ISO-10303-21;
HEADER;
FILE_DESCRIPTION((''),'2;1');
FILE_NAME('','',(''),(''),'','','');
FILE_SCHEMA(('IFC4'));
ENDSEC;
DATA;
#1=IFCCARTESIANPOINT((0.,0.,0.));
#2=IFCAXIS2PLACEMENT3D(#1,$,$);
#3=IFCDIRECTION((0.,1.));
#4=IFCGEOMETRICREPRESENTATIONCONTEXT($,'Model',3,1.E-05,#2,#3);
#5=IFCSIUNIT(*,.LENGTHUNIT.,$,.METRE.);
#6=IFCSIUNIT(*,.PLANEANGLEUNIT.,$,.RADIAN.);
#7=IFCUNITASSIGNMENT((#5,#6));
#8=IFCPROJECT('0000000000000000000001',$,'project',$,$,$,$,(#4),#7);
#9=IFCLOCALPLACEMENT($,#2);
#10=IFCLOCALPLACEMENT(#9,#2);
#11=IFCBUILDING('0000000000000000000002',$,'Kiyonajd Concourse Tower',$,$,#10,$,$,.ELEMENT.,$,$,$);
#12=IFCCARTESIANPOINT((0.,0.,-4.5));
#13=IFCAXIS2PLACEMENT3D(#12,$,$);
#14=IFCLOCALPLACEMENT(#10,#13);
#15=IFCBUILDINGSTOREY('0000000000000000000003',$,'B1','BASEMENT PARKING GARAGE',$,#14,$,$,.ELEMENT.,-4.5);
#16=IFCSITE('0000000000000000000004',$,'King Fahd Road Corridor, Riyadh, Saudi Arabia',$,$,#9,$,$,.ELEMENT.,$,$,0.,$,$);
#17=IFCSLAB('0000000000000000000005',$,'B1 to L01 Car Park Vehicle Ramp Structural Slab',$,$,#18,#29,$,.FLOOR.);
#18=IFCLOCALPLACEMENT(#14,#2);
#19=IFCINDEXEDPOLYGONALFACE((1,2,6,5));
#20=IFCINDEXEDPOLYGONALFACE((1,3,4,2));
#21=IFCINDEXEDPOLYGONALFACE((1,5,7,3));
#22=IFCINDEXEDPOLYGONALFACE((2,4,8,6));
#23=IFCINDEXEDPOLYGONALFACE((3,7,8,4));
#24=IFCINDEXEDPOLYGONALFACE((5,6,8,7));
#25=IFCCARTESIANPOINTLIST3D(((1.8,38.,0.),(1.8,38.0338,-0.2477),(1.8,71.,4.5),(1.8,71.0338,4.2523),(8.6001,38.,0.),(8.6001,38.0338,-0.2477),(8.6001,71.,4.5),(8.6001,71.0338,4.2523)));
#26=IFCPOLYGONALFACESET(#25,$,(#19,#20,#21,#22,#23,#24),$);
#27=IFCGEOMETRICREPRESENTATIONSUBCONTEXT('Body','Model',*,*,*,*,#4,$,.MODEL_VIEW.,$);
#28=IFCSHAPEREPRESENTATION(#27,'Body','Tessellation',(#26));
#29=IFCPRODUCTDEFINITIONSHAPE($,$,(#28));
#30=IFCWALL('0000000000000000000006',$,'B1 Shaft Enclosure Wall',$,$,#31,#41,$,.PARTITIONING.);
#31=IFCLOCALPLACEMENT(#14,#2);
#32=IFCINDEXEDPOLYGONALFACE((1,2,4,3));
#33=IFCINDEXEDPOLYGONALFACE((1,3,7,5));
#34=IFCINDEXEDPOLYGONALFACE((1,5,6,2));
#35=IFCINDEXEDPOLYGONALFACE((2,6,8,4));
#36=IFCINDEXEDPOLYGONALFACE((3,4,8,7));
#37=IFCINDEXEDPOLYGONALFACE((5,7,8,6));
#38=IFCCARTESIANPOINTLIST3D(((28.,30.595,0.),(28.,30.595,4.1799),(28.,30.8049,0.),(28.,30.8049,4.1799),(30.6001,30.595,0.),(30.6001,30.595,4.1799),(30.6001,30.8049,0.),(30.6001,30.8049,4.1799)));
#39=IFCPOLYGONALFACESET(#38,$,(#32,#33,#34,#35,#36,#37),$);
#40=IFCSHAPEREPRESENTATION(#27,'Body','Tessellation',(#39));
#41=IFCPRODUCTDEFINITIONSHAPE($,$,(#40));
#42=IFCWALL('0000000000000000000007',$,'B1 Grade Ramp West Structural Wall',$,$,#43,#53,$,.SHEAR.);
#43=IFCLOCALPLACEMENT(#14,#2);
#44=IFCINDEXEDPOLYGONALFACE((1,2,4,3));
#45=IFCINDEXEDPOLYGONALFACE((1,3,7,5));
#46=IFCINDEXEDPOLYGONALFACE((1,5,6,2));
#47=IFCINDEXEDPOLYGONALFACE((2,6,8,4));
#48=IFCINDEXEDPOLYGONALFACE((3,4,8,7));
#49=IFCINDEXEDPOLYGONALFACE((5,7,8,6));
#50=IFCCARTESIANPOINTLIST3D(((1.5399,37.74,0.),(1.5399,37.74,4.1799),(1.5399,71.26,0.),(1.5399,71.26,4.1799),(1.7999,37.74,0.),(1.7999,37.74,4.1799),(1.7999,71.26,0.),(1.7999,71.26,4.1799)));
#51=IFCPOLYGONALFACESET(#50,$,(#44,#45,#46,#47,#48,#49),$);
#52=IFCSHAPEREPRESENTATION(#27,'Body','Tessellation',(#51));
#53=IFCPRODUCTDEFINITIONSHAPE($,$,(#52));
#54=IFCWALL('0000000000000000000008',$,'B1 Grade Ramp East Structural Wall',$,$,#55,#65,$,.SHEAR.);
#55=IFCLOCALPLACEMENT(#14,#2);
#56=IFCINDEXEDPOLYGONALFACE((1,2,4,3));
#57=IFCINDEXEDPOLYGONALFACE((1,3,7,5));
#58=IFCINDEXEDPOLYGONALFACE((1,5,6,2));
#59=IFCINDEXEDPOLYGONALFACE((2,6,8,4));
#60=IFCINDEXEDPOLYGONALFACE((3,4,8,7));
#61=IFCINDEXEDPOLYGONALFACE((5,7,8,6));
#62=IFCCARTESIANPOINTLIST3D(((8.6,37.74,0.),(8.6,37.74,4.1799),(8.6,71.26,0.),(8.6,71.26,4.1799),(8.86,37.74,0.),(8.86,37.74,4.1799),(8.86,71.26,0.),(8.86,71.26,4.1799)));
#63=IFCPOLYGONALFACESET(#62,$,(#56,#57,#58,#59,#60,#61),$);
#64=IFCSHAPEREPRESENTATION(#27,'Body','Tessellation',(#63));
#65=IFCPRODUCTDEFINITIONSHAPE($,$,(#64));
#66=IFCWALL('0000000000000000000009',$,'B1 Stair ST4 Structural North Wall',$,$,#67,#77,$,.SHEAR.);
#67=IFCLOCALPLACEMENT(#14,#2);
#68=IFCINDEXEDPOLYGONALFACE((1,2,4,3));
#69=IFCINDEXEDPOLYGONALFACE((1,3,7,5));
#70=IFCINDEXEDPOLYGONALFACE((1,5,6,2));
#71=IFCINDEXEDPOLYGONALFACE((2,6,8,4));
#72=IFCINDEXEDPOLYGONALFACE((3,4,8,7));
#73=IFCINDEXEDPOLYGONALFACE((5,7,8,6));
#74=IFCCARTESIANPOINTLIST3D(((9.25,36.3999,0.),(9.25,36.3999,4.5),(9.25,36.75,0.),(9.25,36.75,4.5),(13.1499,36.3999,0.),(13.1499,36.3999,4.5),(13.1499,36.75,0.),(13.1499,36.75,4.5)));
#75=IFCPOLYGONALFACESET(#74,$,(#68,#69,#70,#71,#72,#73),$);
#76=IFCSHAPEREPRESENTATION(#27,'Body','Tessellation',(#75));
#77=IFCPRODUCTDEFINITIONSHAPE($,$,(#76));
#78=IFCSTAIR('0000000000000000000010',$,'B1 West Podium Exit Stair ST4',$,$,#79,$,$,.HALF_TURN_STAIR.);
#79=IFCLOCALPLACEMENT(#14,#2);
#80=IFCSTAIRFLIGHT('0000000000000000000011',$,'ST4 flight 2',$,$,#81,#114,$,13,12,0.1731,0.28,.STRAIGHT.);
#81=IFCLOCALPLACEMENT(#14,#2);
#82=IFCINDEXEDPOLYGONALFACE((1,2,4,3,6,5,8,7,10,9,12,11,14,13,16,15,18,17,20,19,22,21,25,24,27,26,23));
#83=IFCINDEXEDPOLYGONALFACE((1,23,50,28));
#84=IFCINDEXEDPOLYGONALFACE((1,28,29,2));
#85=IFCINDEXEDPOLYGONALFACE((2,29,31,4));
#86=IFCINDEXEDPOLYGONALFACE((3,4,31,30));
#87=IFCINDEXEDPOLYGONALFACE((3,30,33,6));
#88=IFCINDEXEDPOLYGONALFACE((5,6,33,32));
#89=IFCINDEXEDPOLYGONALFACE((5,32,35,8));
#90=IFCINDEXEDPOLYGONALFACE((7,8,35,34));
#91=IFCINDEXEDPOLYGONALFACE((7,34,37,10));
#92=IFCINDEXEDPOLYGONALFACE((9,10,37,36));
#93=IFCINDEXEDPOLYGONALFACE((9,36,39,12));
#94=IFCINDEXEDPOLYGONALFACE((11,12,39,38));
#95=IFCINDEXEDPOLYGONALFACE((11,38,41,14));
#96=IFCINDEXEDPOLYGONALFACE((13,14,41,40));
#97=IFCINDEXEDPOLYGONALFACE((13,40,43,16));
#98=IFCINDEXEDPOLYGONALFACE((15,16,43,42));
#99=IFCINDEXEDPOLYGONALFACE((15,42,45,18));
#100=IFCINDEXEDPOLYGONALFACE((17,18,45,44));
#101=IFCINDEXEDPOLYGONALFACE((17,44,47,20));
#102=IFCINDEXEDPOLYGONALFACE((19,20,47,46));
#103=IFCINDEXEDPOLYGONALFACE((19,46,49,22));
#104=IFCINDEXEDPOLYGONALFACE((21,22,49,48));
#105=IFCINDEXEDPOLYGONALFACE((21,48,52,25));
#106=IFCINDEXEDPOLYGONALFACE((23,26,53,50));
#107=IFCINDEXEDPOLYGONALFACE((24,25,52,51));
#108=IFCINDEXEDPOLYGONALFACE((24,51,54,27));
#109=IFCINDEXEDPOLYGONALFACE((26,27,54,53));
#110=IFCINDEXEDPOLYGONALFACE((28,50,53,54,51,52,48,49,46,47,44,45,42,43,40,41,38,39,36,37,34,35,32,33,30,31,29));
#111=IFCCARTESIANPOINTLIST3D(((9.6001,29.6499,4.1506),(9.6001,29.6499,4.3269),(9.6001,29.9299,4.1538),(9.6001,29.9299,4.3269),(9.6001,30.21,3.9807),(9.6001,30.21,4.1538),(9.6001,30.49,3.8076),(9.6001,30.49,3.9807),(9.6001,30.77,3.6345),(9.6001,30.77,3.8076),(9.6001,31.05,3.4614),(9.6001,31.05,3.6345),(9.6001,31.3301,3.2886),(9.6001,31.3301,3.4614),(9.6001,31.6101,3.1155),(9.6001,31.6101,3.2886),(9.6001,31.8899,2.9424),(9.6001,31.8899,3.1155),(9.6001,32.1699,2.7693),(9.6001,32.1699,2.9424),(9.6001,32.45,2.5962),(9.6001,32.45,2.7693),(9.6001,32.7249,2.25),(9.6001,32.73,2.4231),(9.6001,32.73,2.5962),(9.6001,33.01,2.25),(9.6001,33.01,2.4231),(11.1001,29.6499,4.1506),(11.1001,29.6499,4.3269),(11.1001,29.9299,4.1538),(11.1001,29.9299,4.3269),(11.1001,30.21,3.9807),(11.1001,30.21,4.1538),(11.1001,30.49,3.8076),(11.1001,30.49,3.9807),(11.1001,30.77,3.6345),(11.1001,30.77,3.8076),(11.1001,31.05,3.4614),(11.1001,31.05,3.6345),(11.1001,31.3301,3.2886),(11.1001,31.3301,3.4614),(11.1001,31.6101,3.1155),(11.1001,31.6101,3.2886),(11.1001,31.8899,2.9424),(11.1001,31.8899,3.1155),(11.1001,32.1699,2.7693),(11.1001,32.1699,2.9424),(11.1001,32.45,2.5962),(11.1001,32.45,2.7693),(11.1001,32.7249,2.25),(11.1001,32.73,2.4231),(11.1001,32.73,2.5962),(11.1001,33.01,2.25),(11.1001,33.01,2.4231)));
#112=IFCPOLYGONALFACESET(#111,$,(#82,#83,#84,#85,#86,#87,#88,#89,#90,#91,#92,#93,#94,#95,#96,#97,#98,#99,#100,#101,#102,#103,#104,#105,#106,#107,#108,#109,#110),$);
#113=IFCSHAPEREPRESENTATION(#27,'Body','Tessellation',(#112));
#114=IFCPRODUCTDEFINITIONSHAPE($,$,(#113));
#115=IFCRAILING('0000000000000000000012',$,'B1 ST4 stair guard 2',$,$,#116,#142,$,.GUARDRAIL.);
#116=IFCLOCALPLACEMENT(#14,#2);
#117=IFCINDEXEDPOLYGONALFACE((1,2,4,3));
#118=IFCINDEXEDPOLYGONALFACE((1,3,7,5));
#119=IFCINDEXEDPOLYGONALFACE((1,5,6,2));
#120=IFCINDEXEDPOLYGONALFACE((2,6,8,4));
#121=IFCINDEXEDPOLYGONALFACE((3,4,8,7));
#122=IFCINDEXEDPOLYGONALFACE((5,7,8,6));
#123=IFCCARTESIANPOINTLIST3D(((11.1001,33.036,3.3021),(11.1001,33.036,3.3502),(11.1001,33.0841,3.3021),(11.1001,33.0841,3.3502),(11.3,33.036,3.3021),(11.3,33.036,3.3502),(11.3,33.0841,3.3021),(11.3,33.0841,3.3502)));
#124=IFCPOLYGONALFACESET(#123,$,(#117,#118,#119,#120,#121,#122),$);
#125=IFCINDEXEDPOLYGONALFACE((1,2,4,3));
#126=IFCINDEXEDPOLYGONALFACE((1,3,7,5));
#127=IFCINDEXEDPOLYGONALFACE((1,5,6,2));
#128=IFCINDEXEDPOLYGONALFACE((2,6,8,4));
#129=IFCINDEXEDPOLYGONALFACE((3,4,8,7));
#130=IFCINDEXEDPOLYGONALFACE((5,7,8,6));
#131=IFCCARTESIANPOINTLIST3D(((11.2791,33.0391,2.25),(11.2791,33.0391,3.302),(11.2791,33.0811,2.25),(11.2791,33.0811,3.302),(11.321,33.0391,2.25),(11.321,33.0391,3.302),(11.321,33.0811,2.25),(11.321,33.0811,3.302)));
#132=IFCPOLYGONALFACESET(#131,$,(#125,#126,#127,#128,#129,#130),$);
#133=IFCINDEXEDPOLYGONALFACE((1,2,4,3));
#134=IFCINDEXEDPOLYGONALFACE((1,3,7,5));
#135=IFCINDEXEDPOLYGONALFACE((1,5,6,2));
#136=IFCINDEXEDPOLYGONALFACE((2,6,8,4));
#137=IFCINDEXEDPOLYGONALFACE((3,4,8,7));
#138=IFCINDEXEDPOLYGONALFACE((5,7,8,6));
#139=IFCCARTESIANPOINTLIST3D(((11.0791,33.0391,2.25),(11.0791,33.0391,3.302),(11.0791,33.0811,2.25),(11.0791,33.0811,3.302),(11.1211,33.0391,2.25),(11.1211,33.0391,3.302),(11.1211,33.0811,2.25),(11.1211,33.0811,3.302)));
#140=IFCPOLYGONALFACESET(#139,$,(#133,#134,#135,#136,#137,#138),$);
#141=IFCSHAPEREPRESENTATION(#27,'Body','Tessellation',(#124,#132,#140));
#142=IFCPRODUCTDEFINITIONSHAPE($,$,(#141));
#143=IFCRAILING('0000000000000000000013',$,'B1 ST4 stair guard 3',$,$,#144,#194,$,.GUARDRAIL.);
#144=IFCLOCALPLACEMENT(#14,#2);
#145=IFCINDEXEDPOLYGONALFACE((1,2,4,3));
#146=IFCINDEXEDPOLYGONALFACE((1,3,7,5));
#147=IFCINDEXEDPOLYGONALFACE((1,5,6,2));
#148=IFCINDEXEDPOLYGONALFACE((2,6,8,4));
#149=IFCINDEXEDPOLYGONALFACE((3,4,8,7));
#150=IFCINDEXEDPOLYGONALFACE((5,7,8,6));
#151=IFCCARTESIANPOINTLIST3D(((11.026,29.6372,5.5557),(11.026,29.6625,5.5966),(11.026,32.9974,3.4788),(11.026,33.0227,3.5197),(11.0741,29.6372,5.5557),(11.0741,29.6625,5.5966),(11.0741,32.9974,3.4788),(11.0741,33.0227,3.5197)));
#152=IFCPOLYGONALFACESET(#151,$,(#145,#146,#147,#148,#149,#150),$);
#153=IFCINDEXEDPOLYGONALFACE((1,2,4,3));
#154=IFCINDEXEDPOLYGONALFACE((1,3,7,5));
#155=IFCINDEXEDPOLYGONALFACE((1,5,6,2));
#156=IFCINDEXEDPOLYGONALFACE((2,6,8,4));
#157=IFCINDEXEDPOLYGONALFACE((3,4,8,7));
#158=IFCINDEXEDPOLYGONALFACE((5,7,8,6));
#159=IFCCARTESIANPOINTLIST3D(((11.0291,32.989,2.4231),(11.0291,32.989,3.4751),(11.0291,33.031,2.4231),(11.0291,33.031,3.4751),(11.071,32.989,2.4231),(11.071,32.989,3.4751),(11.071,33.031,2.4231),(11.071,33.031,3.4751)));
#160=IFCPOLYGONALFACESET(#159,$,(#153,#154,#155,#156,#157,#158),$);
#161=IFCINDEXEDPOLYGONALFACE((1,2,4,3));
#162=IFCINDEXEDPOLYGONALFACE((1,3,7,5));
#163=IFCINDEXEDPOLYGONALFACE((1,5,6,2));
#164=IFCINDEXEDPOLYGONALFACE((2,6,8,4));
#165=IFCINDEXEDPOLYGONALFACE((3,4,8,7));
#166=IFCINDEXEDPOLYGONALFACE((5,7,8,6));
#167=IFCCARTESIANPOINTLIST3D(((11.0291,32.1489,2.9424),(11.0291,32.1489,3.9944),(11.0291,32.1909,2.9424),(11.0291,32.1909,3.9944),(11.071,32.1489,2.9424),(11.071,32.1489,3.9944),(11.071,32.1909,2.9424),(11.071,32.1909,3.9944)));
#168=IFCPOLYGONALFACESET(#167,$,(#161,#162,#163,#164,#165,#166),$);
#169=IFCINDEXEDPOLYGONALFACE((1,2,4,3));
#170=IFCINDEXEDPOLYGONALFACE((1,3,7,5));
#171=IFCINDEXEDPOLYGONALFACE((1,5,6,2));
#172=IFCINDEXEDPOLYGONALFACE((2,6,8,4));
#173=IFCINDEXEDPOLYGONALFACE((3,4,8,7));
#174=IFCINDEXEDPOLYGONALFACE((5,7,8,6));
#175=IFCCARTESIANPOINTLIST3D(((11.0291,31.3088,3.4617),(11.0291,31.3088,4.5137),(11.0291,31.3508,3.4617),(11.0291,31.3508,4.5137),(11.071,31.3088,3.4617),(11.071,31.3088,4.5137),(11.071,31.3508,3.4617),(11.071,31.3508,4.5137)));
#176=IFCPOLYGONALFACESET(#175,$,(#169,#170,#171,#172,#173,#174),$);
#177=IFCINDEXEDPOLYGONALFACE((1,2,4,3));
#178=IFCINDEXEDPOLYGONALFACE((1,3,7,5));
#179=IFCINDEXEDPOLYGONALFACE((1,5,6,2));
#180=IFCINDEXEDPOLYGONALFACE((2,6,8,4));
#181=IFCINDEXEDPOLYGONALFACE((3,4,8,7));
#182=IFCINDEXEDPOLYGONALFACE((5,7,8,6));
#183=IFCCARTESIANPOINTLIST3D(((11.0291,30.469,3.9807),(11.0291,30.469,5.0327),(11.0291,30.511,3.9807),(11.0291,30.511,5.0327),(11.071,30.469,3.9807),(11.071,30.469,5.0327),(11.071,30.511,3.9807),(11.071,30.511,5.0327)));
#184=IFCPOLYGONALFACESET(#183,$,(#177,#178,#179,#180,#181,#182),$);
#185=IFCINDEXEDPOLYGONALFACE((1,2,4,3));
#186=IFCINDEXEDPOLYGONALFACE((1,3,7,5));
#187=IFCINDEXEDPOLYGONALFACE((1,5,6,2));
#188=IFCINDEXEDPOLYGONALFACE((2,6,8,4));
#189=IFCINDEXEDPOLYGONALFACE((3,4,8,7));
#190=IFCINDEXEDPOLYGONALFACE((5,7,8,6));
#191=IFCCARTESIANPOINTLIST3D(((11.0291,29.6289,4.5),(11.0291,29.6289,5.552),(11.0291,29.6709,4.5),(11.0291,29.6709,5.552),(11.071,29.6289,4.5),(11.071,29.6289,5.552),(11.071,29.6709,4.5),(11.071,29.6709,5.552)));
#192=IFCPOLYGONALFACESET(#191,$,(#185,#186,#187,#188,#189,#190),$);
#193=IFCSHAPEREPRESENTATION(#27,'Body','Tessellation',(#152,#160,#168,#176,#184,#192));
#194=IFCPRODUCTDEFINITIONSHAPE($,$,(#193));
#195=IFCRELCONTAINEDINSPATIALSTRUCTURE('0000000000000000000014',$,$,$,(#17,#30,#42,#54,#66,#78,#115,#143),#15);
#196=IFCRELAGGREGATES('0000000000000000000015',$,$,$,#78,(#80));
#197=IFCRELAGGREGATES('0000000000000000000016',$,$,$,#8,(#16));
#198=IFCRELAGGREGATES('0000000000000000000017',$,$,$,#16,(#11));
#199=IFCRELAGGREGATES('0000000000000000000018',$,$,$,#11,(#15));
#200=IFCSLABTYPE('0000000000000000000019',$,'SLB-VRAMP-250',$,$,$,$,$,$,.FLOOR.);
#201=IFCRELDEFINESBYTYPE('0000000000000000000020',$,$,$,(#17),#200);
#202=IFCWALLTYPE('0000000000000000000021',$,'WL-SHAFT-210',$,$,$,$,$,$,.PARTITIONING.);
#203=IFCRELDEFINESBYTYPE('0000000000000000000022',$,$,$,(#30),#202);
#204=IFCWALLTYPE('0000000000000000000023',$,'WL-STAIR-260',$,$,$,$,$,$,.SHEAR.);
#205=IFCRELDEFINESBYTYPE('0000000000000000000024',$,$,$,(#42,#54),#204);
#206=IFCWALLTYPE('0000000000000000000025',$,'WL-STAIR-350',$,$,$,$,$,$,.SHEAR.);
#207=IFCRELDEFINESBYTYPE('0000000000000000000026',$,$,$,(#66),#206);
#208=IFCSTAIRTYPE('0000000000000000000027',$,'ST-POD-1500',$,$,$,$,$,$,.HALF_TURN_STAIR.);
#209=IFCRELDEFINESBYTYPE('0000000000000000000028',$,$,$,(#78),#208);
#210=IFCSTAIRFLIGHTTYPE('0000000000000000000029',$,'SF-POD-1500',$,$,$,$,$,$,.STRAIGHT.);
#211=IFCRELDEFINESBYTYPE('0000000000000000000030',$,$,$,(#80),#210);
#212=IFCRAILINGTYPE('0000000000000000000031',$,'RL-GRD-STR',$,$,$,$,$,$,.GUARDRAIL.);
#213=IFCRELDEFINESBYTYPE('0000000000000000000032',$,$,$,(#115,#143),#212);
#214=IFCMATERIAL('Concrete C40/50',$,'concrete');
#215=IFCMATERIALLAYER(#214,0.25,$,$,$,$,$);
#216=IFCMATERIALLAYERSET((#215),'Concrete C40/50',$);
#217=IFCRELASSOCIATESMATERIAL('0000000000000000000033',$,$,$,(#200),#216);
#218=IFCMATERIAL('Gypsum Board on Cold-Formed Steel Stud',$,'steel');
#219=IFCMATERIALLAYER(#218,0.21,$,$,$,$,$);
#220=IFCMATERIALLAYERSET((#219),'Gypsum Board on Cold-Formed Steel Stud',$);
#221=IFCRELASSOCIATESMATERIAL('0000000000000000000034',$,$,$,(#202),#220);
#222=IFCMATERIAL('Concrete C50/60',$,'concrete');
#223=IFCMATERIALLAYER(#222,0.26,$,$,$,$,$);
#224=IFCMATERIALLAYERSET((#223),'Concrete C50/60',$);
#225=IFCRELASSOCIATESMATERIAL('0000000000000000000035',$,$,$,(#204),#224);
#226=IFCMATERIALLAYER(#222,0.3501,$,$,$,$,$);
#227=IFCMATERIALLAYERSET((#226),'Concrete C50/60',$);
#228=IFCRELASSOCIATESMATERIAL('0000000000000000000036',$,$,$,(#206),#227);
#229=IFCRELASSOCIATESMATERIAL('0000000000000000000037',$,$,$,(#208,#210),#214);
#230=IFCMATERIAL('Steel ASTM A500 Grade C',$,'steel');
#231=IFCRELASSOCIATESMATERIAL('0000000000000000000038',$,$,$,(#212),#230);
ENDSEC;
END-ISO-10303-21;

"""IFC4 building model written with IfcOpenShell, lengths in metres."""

from ifc_helpers import new_model, si_unit, direction, frame, frame_2d, origin, origin_2d, place, context, subcontext, project, spatial, polyline, rectangle, outline, extrude, material, layer, layer_set, type_object, element, aggregate, save


model = new_model("IFC4")

# Units and contexts
model_context = context("Model", 3, precision=1e-05, world=origin(), true_north=direction((0.0, 1.0)))
body_context = subcontext(model_context, "Body", "Model", "MODEL_VIEW")
ifc_project = project(units=[si_unit("LENGTHUNIT", "METRE"), si_unit("PLANEANGLEUNIT", "RADIAN")], contexts=[model_context])

# Site, building, storey
site_placement = place(None, origin())
site = spatial("IfcSite", under=ifc_project, at=site_placement, Name="King Fahd Road Corridor, Riyadh, Saudi Arabia", CompositionType="ELEMENT", RefElevation=0.0)
building_placement = place(site_placement, origin())
building = spatial("IfcBuilding", under=site, at=building_placement, Name="Kiyonajd Concourse Tower", CompositionType="ELEMENT")
storey_placement = place(building_placement, frame((0.0, 0.0, -4.5)))
storey = spatial("IfcBuildingStorey", under=building, at=storey_placement, Name="B1", Description="BASEMENT PARKING GARAGE", CompositionType="ELEMENT", Elevation=-4.5)

# Slab
ifc_material_1 = material(Name="Concrete C40/50", Category="concrete")
ifc_layer_1 = layer(ifc_material_1, 0.25)
ifc_layer_set_1 = layer_set([ifc_layer_1], Name="Concrete C40/50")
slab_type = type_object("IfcSlabType", Name="SLB-VRAMP-250", PredefinedType="FLOOR", material=ifc_layer_set_1)
slab_placement = place(storey_placement, frame((1.8, 38.0, 0.0), z_axis=(0.0, -0.135113, 0.99083), x_axis=(1.0, 0.0, 0.0)))
element("IfcSlab", 1, at=slab_placement, inside=storey, type_object=slab_type, Name="B1 to L01 Car Park Vehicle Ramp Structural Slab", PredefinedType="FLOOR", context=body_context, shape_type="SweptSolid", body=[
    extrude(outline(polyline([(0.0, 0.0), (6.8, 0.0), (6.8, 33.3054), (0.0, 33.3054), (0.0, 0.0)])), origin(), (0.0, 0.0, -1.0), 0.25),
])

# Walls
ifc_material_2 = material(Name="Gypsum Board on Cold-Formed Steel Stud", Category="steel")
ifc_layer_2 = layer(ifc_material_2, 0.21)
ifc_layer_set_2 = layer_set([ifc_layer_2], Name="Gypsum Board on Cold-Formed Steel Stud")
wall_type_1 = type_object("IfcWallType", Name="WL-SHAFT-210", PredefinedType="PARTITIONING", material=ifc_layer_set_2)
wall_1_placement = place(storey_placement, frame((28.0, 30.7, 0.0), z_axis=(0.0, 0.0, 1.0), x_axis=(1.0, 0.0, 0.0)))
element("IfcWall", 2, at=wall_1_placement, inside=storey, type_object=wall_type_1, Name="B1 Shaft Enclosure Wall", PredefinedType="PARTITIONING", context=body_context, shape_type="SweptSolid", body=[
    extrude(rectangle(XDim=2.6001, YDim=0.21, at=frame_2d((1.3, 0.0))), origin(), (0.0, 0.0, 1.0), 4.1799),
])
ifc_material_3 = material(Name="Concrete C50/60", Category="concrete")
ifc_layer_3 = layer(ifc_material_3, 0.26)
ifc_layer_set_3 = layer_set([ifc_layer_3], Name="Concrete C50/60")
wall_type_2 = type_object("IfcWallType", Name="WL-STAIR-260", PredefinedType="SHEAR", material=ifc_layer_set_3)
for number, where, z_axis, x_axis, name in (
    (3, (1.6699, 37.74, 0.0), (0.0, 0.0, 1.0), (0.0, 1.0, 0.0), "B1 Grade Ramp West Structural Wall"),
    (4, (8.73, 37.74, 0.0), (0.0, 0.0, 1.0), (0.0, 1.0, 0.0), "B1 Grade Ramp East Structural Wall"),
):
    element("IfcWall", number, at=place(storey_placement, frame(where, z_axis=z_axis, x_axis=x_axis)), inside=storey, type_object=wall_type_2, Name=name, PredefinedType="SHEAR", context=body_context, shape_type="SweptSolid", body=[
        extrude(rectangle(XDim=33.52, YDim=0.26, at=frame_2d((16.76, 0.0))), origin(), (0.0, 0.0, 1.0), 4.1799),
    ])
ifc_layer_4 = layer(ifc_material_3, 0.3501)
ifc_layer_set_4 = layer_set([ifc_layer_4], Name="Concrete C50/60")
wall_type_3 = type_object("IfcWallType", Name="WL-STAIR-350", PredefinedType="SHEAR", material=ifc_layer_set_4)
wall_2_placement = place(storey_placement, frame((9.25, 36.575, 0.0), z_axis=(0.0, 0.0, 1.0), x_axis=(1.0, 0.0, 0.0)))
element("IfcWall", 5, at=wall_2_placement, inside=storey, type_object=wall_type_3, Name="B1 Stair ST4 Structural North Wall", PredefinedType="SHEAR", context=body_context, shape_type="SweptSolid", body=[
    extrude(rectangle(XDim=3.8999, YDim=0.3501, at=frame_2d((1.95, 0.0))), origin(), (0.0, 0.0, 1.0), 4.5),
])

# Stair, stair flight
stair_type = type_object("IfcStairType", Name="ST-POD-1500", PredefinedType="HALF_TURN_STAIR", material=ifc_material_1)
stair_placement = place(storey_placement, origin())
stair = element("IfcStair", 6, at=stair_placement, inside=storey, type_object=stair_type, Name="B1 West Podium Exit Stair ST4", PredefinedType="HALF_TURN_STAIR")
stair_flight_type = type_object("IfcStairFlightType", Name="SF-POD-1500", PredefinedType="STRAIGHT", material=ifc_material_1)
stair_flight_placement = place(storey_placement, frame((10.3501, 33.01, 2.25), z_axis=(0.0, 0.0, 1.0), x_axis=(0.0, -1.0, 0.0)))
stair_flight = element("IfcStairFlight", 7, at=stair_flight_placement, type_object=stair_flight_type, Name="ST4 flight 2", NumberOfRisers=13, NumberOfTreads=12, PredefinedType="STRAIGHT", RiserHeight=0.1731, TreadLength=0.28, context=body_context, shape_type="SweptSolid", body=[
    extrude(outline(polyline([(0.0, 0.0), (0.0, 0.1731), (0.28, 0.1731), (0.28, 0.3462), (0.5601, 0.3462), (0.5601, 0.5193), (0.8401, 0.5193), (0.8401, 0.6924), (1.1201, 0.6924), (1.1201, 0.8655), (1.3999, 0.8655), (1.3999, 1.0386), (1.6799, 1.0386), (1.6799, 1.2114), (1.96, 1.2114), (1.96, 1.3845), (2.24, 1.3845), (2.24, 1.5576), (2.52, 1.5576), (2.52, 1.7307), (2.8, 1.7307), (2.8, 1.9038), (3.0801, 1.9038), (3.0801, 2.0769), (3.3601, 2.0769), (3.3601, 2.25), (3.3601, 1.9006), (0.2852, 0.0), (0.0, 0.0)])), frame((0.0, 0.75, 0.0), z_axis=(0.0, -1.0, 0.0), x_axis=(1.0, 0.0, 0.0)), (0.0, 0.0, 1.0), 1.5),
])
aggregate(stair, [stair_flight])

# Railings
ifc_material_4 = material(Name="Steel ASTM A500 Grade C", Category="steel")
railing_type_1 = type_object("IfcRailingType", Name="RL-GRD-STR", PredefinedType="GUARDRAIL", material=ifc_material_4)
railing_1_placement = place(storey_placement, frame((11.3, 33.0601, 2.25)))
element("IfcRailing", 8, at=railing_1_placement, inside=storey, type_object=railing_type_1, Name="B1 ST4 stair guard 2", PredefinedType="GUARDRAIL", context=body_context, shape_type="SweptSolid", body=[
    extrude(rectangle(XDim=0.0481, YDim=0.0481, at=origin_2d()), frame((0.0, 0.0, 1.0762), z_axis=(-1.0, 0.0, 0.0), x_axis=(0.0, -1.0, 0.0)), (0.0, 0.0, 1.0), 0.2),
    extrude(rectangle(XDim=0.042, YDim=0.042, at=origin_2d()), origin(), (0.0, 0.0, 1.0), 1.052),
    extrude(rectangle(XDim=0.042, YDim=0.042, at=origin_2d()), frame((-0.2, 0.0, 0.0)), (0.0, 0.0, 1.0), 1.052),
])
railing_2_placement = place(storey_placement, frame((11.05, 33.01, 2.4231)))
element("IfcRailing", 9, at=railing_2_placement, inside=storey, type_object=railing_type_1, Name="B1 ST4 stair guard 3", PredefinedType="GUARDRAIL", context=body_context, shape_type="SweptSolid", body=[
    extrude(rectangle(XDim=0.0481, YDim=0.0481, at=origin_2d()), frame((0.0, 0.0, 1.0762), z_axis=(0.0, -0.850623, 0.525776), x_axis=(1.0, 0.0, 0.0)), (0.0, 0.0, 1.0), 3.9502),
    extrude(rectangle(XDim=0.042, YDim=0.042, at=origin_2d()), origin(), (0.0, 0.0, 1.0), 1.052),
    extrude(rectangle(XDim=0.042, YDim=0.042, at=origin_2d()), frame((0.0, -0.8401, 0.5193)), (0.0, 0.0, 1.0), 1.052),
    extrude(rectangle(XDim=0.042, YDim=0.042, at=origin_2d()), frame((0.0, -1.6802, 1.0386)), (0.0, 0.0, 1.0), 1.052),
    extrude(rectangle(XDim=0.042, YDim=0.042, at=origin_2d()), frame((0.0, -2.52, 1.5576)), (0.0, 0.0, 1.0), 1.052),
    extrude(rectangle(XDim=0.042, YDim=0.042, at=origin_2d()), frame((0.0, -3.3601, 2.0769)), (0.0, 0.0, 1.0), 1.052),
])

save(model, "model.ifc")
